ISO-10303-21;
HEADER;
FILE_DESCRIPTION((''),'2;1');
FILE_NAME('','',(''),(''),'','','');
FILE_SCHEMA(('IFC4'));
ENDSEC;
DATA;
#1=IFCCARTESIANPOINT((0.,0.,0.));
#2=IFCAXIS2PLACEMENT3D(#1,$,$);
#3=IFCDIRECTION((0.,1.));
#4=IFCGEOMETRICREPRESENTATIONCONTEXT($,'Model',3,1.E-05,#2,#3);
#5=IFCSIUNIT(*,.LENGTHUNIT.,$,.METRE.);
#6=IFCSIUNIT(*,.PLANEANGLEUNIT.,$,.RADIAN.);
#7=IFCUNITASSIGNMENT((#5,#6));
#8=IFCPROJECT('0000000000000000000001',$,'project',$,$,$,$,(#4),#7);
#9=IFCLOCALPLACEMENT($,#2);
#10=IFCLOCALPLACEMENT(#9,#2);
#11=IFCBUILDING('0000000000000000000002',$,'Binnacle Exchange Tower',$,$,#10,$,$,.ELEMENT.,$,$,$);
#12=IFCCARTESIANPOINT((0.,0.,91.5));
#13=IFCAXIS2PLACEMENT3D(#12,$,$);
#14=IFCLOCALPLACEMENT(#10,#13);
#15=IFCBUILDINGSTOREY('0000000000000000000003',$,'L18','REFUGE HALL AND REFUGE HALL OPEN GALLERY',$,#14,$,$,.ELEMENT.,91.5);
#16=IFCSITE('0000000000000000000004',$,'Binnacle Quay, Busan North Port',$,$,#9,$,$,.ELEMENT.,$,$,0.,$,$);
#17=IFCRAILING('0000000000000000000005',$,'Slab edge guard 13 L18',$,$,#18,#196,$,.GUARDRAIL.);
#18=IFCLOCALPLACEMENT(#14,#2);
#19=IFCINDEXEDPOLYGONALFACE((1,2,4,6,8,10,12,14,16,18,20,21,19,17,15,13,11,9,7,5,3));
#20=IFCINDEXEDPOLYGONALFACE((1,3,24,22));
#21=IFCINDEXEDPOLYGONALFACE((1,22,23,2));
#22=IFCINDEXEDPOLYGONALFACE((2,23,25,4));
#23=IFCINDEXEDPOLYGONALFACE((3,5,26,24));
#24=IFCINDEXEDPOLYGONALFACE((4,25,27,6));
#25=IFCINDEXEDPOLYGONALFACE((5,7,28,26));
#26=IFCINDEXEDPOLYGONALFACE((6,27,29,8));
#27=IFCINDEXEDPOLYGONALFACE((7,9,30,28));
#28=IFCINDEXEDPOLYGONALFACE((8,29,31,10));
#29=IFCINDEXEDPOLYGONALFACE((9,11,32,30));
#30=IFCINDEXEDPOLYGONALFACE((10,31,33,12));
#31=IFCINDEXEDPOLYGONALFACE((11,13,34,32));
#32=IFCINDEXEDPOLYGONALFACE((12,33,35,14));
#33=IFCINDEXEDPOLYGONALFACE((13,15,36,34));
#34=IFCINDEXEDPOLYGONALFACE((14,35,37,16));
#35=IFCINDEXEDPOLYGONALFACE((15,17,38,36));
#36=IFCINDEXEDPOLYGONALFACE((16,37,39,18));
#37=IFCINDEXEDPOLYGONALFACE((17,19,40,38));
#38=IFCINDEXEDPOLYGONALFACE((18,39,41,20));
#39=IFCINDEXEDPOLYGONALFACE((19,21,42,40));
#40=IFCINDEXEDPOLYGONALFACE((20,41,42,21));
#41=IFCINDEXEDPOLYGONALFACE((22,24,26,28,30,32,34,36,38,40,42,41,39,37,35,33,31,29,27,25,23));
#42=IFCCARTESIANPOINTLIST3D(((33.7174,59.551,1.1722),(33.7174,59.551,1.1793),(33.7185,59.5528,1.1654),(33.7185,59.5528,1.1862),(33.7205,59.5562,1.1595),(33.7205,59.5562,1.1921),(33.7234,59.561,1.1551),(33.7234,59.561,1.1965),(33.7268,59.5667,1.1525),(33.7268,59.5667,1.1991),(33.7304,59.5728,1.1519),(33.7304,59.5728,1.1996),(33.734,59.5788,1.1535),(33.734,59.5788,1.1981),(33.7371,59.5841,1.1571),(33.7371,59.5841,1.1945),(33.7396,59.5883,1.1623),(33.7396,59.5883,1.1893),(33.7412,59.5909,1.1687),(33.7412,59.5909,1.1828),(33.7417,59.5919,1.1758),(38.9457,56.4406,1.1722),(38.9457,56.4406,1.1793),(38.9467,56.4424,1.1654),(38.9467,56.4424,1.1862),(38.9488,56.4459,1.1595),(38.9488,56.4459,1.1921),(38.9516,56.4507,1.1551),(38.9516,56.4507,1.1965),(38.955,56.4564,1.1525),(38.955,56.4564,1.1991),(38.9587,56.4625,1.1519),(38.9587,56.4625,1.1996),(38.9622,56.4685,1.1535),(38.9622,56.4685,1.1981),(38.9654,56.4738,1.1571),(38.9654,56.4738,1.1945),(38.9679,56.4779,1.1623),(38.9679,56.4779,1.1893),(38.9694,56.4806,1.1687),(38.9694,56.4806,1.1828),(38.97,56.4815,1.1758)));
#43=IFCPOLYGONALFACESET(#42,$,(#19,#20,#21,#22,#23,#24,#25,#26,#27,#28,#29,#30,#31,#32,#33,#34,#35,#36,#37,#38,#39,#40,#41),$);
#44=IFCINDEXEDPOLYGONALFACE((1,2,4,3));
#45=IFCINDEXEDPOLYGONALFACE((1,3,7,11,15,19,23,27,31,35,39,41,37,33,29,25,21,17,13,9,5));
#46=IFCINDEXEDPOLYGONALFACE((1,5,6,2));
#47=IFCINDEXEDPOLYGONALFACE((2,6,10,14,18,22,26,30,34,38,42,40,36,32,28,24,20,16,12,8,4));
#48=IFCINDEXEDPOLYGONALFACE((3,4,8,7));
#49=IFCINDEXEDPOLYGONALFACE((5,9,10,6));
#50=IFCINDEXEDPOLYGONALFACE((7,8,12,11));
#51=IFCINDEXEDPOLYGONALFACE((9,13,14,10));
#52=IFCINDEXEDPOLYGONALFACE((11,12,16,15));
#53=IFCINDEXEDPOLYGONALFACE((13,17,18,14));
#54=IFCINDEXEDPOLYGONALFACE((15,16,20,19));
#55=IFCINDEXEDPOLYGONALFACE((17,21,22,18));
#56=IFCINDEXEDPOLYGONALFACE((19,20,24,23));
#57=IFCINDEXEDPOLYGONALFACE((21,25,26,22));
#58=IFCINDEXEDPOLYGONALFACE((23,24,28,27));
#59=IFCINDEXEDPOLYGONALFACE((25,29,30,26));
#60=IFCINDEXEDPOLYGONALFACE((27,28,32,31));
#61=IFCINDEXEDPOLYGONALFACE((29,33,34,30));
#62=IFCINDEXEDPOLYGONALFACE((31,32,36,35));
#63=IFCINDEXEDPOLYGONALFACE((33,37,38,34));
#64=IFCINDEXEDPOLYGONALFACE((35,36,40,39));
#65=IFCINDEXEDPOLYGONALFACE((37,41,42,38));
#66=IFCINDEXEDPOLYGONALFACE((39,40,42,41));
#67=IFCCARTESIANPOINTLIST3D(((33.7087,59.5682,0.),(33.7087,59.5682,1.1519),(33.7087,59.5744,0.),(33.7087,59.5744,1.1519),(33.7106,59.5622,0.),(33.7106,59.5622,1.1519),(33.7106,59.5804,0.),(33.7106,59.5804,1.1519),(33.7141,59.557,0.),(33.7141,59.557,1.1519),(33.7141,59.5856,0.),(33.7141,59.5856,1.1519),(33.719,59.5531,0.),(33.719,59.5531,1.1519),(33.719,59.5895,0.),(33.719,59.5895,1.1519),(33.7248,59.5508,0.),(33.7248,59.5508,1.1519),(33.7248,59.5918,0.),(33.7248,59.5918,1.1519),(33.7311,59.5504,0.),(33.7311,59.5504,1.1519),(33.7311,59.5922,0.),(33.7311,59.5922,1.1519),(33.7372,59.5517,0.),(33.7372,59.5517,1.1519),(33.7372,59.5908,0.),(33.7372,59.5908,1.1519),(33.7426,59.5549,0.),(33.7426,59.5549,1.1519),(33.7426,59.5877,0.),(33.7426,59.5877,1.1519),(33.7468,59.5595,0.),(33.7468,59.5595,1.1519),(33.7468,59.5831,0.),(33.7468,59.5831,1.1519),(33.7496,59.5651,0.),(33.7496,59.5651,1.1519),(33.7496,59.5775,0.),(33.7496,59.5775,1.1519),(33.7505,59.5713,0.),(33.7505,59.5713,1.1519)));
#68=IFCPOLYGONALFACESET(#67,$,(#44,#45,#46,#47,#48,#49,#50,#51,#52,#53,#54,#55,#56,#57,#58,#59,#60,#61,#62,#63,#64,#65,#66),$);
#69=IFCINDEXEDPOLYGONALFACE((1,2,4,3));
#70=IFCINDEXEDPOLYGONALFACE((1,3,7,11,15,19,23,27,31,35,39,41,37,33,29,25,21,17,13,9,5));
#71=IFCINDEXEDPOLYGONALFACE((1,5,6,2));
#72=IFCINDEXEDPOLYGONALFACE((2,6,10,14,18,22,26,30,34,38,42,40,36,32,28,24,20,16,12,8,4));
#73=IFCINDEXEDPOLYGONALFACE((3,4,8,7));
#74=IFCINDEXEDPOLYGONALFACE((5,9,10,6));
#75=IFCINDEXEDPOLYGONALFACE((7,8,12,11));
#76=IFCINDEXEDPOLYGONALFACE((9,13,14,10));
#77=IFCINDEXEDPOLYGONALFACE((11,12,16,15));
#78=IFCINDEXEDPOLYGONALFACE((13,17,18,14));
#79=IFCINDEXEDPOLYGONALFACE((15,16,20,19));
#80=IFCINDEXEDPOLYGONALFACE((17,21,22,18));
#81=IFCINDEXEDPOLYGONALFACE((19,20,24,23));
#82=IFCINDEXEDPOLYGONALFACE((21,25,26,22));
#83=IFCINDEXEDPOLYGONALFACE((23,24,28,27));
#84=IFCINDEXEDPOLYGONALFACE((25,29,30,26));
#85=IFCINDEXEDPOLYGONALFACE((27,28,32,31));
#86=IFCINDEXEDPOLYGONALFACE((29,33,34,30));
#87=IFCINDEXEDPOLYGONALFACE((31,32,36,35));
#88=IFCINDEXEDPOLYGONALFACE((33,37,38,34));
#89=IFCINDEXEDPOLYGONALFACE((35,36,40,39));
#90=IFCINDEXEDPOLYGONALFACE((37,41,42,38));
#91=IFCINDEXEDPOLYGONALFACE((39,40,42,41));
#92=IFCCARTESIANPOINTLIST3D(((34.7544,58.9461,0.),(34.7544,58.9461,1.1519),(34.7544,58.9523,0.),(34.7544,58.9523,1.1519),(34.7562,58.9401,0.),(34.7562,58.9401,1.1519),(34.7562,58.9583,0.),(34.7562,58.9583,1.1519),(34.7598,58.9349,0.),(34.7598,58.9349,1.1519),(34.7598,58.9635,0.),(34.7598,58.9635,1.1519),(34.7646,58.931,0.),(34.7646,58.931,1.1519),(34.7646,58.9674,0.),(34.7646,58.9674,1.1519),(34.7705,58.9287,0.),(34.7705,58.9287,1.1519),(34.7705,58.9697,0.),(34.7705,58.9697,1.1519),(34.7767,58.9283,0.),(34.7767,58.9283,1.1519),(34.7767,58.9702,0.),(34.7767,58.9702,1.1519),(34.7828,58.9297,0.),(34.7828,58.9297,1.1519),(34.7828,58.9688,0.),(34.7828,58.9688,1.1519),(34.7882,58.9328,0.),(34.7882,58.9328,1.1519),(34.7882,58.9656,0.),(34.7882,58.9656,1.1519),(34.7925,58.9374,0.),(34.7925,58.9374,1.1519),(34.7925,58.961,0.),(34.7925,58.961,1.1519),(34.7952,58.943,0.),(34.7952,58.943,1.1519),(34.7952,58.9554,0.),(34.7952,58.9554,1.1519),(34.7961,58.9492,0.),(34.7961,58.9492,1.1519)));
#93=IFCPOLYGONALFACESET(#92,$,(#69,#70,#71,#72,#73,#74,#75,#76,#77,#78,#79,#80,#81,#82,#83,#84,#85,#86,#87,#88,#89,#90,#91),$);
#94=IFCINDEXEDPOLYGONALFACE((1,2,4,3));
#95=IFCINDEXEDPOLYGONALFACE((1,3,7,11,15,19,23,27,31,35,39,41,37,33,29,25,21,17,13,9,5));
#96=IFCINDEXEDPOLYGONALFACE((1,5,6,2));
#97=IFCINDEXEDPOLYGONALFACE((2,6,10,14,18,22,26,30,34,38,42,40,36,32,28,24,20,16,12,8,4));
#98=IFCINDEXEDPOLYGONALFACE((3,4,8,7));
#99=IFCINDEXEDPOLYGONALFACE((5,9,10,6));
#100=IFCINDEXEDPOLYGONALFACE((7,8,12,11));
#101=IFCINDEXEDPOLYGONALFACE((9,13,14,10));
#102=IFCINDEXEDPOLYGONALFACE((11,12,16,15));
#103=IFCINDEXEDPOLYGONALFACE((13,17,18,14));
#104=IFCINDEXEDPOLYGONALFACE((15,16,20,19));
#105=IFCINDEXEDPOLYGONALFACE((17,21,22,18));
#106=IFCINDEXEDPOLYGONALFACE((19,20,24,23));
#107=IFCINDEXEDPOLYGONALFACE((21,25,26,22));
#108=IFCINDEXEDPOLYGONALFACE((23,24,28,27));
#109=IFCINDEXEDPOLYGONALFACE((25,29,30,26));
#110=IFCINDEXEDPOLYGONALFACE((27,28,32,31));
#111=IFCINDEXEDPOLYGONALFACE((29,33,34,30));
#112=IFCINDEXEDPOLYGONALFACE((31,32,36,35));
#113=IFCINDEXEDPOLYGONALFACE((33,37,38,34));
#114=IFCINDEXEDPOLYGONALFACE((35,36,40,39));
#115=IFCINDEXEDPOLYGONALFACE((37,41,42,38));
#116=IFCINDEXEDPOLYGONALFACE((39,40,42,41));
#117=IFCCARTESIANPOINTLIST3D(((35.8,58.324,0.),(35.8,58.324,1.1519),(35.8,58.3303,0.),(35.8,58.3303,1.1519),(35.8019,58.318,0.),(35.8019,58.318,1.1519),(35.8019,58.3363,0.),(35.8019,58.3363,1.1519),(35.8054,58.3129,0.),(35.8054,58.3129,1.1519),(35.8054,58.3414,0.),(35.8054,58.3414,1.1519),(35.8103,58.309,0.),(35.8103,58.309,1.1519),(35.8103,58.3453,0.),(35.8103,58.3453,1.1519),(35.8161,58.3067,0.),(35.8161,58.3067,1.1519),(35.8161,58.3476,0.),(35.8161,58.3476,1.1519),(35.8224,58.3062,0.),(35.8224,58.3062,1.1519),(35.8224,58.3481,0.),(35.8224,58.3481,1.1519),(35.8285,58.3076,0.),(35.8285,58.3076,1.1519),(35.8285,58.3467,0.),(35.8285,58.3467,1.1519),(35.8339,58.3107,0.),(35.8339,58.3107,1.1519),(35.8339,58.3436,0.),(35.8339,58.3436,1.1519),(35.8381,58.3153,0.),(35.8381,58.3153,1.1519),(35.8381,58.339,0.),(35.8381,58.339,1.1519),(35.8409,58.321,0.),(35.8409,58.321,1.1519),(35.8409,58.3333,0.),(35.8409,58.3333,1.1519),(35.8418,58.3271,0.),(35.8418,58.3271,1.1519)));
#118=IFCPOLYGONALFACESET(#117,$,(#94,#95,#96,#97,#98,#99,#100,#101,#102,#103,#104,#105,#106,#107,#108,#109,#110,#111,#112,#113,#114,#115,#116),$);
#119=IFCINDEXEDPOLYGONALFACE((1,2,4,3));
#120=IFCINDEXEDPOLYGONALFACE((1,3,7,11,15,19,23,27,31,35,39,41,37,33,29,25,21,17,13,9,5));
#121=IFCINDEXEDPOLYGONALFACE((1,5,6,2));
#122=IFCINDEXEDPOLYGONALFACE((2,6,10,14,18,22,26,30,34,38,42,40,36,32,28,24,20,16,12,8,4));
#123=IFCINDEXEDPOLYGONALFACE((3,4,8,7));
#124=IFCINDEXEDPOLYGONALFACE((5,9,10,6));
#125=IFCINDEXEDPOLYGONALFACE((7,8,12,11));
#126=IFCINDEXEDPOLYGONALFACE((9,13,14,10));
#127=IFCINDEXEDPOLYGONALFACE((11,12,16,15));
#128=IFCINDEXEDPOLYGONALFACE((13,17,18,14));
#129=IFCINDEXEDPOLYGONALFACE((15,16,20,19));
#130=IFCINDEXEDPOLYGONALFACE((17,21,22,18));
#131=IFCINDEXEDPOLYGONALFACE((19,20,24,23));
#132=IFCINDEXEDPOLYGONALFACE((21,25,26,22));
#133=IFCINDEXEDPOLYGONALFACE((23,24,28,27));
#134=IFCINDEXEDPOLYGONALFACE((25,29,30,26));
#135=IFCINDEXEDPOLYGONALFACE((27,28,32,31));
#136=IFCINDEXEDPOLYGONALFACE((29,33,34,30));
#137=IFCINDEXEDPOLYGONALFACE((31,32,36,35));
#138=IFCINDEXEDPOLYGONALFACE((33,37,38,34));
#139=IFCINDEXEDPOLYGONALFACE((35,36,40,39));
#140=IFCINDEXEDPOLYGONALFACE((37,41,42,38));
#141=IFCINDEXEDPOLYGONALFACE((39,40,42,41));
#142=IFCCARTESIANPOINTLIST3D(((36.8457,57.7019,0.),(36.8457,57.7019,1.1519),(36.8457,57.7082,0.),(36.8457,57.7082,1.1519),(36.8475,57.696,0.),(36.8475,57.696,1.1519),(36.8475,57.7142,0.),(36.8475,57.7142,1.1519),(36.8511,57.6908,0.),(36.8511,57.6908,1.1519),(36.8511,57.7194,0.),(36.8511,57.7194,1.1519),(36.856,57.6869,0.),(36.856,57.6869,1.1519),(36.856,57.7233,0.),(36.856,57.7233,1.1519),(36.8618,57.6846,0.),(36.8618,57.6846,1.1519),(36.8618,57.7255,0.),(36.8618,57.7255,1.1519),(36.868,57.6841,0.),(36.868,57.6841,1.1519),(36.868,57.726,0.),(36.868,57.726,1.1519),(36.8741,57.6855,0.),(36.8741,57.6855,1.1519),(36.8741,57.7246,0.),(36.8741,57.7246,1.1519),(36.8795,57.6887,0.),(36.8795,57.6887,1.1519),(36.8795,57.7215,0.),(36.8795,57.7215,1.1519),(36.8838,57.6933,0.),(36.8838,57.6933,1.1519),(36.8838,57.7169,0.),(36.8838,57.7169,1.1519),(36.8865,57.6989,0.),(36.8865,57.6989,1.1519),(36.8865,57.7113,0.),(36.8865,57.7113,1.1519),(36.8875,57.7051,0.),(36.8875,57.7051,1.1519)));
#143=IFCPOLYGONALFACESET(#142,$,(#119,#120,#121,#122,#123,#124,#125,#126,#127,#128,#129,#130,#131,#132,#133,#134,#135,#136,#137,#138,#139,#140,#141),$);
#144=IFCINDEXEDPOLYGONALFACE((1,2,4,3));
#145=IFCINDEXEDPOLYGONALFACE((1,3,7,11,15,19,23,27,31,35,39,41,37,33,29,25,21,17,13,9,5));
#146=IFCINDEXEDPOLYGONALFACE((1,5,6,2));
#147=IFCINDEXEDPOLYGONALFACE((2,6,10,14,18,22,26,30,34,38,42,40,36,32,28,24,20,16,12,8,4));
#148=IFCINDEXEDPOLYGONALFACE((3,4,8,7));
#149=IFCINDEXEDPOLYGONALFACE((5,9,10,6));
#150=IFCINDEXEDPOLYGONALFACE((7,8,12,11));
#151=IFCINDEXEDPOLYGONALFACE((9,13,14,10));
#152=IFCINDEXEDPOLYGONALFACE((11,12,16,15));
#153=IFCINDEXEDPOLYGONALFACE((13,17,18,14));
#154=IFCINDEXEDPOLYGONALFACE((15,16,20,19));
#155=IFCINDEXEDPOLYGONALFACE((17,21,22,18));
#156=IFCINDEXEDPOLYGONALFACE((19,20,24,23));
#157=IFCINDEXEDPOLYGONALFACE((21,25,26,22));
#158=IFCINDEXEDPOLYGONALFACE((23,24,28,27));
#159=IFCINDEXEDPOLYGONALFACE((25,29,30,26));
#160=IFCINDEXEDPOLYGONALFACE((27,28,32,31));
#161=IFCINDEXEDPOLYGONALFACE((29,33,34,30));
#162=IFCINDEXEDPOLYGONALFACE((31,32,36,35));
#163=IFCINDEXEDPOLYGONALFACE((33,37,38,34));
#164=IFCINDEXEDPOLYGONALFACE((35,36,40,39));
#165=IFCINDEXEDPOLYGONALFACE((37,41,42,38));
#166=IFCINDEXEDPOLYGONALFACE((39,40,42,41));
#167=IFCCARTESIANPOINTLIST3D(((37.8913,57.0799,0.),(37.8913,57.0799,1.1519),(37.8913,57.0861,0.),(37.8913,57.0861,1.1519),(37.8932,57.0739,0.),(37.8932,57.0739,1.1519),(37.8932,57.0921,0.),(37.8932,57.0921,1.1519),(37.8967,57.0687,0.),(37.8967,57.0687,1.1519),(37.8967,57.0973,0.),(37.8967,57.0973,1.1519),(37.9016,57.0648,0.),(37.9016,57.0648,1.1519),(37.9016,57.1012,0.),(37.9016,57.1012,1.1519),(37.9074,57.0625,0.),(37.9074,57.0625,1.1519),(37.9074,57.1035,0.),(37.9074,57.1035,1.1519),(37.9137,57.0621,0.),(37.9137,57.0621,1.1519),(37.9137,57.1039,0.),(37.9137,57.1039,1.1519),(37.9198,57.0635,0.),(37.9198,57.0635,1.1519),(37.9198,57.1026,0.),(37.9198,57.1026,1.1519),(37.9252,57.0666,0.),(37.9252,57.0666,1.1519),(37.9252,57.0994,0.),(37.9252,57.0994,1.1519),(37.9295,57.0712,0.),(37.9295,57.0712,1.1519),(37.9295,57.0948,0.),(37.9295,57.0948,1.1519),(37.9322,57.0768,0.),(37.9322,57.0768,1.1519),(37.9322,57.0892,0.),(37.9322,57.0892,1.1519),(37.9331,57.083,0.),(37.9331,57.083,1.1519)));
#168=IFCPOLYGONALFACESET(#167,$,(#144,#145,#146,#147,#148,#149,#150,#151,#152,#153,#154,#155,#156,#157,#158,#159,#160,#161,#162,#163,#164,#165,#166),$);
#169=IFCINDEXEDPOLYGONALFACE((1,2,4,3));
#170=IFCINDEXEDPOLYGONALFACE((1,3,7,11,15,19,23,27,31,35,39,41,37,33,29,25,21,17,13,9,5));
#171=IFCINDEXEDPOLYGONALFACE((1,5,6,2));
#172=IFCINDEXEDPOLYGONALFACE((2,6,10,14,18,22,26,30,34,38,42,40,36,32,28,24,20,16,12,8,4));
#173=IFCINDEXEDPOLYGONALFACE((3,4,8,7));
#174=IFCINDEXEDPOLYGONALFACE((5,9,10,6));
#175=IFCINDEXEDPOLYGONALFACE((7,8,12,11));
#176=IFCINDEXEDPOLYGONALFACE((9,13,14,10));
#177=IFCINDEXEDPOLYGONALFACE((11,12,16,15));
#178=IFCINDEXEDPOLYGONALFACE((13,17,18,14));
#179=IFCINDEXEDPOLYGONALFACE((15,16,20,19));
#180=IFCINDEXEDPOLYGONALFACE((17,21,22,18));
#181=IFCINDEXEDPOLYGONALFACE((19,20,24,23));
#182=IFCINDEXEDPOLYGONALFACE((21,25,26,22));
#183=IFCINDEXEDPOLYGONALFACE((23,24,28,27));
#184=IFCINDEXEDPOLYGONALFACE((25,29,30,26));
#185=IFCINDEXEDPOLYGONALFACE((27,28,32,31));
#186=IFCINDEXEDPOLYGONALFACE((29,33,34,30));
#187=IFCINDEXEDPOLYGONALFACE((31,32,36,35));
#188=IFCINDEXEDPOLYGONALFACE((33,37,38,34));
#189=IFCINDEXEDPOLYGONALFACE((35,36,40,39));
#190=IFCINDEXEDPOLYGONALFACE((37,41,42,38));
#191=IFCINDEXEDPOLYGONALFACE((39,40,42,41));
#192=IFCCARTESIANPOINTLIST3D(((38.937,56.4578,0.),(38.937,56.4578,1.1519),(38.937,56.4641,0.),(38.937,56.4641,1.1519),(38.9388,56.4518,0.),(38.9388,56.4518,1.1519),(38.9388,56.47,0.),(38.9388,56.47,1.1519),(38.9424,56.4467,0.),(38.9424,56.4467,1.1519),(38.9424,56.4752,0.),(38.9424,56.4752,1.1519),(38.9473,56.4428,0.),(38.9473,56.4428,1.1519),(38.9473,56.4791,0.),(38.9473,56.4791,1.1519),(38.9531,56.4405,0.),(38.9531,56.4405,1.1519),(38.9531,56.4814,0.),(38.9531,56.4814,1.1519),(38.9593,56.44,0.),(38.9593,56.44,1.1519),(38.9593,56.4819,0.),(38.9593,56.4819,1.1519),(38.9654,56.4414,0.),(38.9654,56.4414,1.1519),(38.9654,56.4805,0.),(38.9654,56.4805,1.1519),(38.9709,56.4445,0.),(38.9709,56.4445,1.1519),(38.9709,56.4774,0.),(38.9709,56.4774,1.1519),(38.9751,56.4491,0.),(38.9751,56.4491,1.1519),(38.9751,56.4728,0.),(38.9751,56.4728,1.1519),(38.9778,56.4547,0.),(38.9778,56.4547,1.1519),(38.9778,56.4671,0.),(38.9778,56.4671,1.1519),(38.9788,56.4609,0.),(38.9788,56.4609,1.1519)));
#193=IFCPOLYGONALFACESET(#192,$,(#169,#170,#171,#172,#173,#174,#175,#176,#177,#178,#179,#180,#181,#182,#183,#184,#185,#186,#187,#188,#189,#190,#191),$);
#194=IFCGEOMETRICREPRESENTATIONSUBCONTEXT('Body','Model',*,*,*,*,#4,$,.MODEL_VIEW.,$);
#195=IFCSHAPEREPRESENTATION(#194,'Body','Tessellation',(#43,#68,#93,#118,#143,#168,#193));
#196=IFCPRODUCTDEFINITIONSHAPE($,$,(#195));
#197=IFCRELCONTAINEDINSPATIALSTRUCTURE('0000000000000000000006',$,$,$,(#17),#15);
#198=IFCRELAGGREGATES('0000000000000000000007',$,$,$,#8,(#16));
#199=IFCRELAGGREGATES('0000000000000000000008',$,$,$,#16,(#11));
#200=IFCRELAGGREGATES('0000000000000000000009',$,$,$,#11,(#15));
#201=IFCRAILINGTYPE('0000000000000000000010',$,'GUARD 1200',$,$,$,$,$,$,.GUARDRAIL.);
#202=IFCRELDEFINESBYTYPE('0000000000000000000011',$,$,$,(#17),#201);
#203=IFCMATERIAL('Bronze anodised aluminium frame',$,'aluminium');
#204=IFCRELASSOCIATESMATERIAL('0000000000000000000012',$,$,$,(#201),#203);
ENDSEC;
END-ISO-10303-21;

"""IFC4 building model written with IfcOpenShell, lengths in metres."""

from ifc_helpers import new_model, si_unit, direction, frame, origin, origin_2d, place, context, subcontext, project, spatial, circle, extrude, material, type_object, element, save


model = new_model("IFC4")

# Units and contexts
model_context = context("Model", 3, precision=1e-05, world=origin(), true_north=direction((0.0, 1.0)))
body_context = subcontext(model_context, "Body", "Model", "MODEL_VIEW")
ifc_project = project(units=[si_unit("LENGTHUNIT", "METRE"), si_unit("PLANEANGLEUNIT", "RADIAN")], contexts=[model_context])

# Site, building, storey
site_placement = place(None, origin())
site = spatial("IfcSite", under=ifc_project, at=site_placement, Name="Binnacle Quay, Busan North Port", CompositionType="ELEMENT", RefElevation=0.0)
building_placement = place(site_placement, origin())
building = spatial("IfcBuilding", under=site, at=building_placement, Name="Binnacle Exchange Tower", CompositionType="ELEMENT")
storey_placement = place(building_placement, frame((0.0, 0.0, 91.5)))
storey = spatial("IfcBuildingStorey", under=building, at=storey_placement, Name="L18", Description="REFUGE HALL AND REFUGE HALL OPEN GALLERY", CompositionType="ELEMENT", Elevation=91.5)

# Railing
ifc_material_1 = material(Name="Bronze anodised aluminium frame", Category="aluminium")
railing_type = type_object("IfcRailingType", Name="GUARD 1200", PredefinedType="GUARDRAIL", material=ifc_material_1)
railing_placement = place(storey_placement, frame((33.7295, 59.5713, 0.0)))
element("IfcRailing", 1, at=railing_placement, inside=storey, type_object=railing_type, Name="Slab edge guard 13 L18", PredefinedType="GUARDRAIL", context=body_context, shape_type="SweptSolid", body=[
    extrude(circle(Radius=0.0239, at=origin_2d()), frame((0.0, 0.0, 1.1758), z_axis=(0.859417, -0.511276, 0.0), x_axis=(0.511276, 0.859417, 0.0)), (0.0, 0.0, 1.0), 6.0835),
    extrude(circle(Radius=0.021, at=origin_2d()), origin(), (0.0, 0.0, 1.0), 1.1519),
    extrude(circle(Radius=0.021, at=origin_2d()), frame((1.0457, -0.6221, 0.0)), (0.0, 0.0, 1.0), 1.1519),
    extrude(circle(Radius=0.021, at=origin_2d()), frame((2.0913, -1.2441, 0.0)), (0.0, 0.0, 1.0), 1.1519),
    extrude(circle(Radius=0.021, at=origin_2d()), frame((3.137, -1.8662, 0.0)), (0.0, 0.0, 1.0), 1.1519),
    extrude(circle(Radius=0.021, at=origin_2d()), frame((4.1826, -2.4883, 0.0)), (0.0, 0.0, 1.0), 1.1519),
    extrude(circle(Radius=0.021, at=origin_2d()), frame((5.2283, -3.1104, 0.0)), (0.0, 0.0, 1.0), 1.1519),
])

save(model, "model.ifc")
